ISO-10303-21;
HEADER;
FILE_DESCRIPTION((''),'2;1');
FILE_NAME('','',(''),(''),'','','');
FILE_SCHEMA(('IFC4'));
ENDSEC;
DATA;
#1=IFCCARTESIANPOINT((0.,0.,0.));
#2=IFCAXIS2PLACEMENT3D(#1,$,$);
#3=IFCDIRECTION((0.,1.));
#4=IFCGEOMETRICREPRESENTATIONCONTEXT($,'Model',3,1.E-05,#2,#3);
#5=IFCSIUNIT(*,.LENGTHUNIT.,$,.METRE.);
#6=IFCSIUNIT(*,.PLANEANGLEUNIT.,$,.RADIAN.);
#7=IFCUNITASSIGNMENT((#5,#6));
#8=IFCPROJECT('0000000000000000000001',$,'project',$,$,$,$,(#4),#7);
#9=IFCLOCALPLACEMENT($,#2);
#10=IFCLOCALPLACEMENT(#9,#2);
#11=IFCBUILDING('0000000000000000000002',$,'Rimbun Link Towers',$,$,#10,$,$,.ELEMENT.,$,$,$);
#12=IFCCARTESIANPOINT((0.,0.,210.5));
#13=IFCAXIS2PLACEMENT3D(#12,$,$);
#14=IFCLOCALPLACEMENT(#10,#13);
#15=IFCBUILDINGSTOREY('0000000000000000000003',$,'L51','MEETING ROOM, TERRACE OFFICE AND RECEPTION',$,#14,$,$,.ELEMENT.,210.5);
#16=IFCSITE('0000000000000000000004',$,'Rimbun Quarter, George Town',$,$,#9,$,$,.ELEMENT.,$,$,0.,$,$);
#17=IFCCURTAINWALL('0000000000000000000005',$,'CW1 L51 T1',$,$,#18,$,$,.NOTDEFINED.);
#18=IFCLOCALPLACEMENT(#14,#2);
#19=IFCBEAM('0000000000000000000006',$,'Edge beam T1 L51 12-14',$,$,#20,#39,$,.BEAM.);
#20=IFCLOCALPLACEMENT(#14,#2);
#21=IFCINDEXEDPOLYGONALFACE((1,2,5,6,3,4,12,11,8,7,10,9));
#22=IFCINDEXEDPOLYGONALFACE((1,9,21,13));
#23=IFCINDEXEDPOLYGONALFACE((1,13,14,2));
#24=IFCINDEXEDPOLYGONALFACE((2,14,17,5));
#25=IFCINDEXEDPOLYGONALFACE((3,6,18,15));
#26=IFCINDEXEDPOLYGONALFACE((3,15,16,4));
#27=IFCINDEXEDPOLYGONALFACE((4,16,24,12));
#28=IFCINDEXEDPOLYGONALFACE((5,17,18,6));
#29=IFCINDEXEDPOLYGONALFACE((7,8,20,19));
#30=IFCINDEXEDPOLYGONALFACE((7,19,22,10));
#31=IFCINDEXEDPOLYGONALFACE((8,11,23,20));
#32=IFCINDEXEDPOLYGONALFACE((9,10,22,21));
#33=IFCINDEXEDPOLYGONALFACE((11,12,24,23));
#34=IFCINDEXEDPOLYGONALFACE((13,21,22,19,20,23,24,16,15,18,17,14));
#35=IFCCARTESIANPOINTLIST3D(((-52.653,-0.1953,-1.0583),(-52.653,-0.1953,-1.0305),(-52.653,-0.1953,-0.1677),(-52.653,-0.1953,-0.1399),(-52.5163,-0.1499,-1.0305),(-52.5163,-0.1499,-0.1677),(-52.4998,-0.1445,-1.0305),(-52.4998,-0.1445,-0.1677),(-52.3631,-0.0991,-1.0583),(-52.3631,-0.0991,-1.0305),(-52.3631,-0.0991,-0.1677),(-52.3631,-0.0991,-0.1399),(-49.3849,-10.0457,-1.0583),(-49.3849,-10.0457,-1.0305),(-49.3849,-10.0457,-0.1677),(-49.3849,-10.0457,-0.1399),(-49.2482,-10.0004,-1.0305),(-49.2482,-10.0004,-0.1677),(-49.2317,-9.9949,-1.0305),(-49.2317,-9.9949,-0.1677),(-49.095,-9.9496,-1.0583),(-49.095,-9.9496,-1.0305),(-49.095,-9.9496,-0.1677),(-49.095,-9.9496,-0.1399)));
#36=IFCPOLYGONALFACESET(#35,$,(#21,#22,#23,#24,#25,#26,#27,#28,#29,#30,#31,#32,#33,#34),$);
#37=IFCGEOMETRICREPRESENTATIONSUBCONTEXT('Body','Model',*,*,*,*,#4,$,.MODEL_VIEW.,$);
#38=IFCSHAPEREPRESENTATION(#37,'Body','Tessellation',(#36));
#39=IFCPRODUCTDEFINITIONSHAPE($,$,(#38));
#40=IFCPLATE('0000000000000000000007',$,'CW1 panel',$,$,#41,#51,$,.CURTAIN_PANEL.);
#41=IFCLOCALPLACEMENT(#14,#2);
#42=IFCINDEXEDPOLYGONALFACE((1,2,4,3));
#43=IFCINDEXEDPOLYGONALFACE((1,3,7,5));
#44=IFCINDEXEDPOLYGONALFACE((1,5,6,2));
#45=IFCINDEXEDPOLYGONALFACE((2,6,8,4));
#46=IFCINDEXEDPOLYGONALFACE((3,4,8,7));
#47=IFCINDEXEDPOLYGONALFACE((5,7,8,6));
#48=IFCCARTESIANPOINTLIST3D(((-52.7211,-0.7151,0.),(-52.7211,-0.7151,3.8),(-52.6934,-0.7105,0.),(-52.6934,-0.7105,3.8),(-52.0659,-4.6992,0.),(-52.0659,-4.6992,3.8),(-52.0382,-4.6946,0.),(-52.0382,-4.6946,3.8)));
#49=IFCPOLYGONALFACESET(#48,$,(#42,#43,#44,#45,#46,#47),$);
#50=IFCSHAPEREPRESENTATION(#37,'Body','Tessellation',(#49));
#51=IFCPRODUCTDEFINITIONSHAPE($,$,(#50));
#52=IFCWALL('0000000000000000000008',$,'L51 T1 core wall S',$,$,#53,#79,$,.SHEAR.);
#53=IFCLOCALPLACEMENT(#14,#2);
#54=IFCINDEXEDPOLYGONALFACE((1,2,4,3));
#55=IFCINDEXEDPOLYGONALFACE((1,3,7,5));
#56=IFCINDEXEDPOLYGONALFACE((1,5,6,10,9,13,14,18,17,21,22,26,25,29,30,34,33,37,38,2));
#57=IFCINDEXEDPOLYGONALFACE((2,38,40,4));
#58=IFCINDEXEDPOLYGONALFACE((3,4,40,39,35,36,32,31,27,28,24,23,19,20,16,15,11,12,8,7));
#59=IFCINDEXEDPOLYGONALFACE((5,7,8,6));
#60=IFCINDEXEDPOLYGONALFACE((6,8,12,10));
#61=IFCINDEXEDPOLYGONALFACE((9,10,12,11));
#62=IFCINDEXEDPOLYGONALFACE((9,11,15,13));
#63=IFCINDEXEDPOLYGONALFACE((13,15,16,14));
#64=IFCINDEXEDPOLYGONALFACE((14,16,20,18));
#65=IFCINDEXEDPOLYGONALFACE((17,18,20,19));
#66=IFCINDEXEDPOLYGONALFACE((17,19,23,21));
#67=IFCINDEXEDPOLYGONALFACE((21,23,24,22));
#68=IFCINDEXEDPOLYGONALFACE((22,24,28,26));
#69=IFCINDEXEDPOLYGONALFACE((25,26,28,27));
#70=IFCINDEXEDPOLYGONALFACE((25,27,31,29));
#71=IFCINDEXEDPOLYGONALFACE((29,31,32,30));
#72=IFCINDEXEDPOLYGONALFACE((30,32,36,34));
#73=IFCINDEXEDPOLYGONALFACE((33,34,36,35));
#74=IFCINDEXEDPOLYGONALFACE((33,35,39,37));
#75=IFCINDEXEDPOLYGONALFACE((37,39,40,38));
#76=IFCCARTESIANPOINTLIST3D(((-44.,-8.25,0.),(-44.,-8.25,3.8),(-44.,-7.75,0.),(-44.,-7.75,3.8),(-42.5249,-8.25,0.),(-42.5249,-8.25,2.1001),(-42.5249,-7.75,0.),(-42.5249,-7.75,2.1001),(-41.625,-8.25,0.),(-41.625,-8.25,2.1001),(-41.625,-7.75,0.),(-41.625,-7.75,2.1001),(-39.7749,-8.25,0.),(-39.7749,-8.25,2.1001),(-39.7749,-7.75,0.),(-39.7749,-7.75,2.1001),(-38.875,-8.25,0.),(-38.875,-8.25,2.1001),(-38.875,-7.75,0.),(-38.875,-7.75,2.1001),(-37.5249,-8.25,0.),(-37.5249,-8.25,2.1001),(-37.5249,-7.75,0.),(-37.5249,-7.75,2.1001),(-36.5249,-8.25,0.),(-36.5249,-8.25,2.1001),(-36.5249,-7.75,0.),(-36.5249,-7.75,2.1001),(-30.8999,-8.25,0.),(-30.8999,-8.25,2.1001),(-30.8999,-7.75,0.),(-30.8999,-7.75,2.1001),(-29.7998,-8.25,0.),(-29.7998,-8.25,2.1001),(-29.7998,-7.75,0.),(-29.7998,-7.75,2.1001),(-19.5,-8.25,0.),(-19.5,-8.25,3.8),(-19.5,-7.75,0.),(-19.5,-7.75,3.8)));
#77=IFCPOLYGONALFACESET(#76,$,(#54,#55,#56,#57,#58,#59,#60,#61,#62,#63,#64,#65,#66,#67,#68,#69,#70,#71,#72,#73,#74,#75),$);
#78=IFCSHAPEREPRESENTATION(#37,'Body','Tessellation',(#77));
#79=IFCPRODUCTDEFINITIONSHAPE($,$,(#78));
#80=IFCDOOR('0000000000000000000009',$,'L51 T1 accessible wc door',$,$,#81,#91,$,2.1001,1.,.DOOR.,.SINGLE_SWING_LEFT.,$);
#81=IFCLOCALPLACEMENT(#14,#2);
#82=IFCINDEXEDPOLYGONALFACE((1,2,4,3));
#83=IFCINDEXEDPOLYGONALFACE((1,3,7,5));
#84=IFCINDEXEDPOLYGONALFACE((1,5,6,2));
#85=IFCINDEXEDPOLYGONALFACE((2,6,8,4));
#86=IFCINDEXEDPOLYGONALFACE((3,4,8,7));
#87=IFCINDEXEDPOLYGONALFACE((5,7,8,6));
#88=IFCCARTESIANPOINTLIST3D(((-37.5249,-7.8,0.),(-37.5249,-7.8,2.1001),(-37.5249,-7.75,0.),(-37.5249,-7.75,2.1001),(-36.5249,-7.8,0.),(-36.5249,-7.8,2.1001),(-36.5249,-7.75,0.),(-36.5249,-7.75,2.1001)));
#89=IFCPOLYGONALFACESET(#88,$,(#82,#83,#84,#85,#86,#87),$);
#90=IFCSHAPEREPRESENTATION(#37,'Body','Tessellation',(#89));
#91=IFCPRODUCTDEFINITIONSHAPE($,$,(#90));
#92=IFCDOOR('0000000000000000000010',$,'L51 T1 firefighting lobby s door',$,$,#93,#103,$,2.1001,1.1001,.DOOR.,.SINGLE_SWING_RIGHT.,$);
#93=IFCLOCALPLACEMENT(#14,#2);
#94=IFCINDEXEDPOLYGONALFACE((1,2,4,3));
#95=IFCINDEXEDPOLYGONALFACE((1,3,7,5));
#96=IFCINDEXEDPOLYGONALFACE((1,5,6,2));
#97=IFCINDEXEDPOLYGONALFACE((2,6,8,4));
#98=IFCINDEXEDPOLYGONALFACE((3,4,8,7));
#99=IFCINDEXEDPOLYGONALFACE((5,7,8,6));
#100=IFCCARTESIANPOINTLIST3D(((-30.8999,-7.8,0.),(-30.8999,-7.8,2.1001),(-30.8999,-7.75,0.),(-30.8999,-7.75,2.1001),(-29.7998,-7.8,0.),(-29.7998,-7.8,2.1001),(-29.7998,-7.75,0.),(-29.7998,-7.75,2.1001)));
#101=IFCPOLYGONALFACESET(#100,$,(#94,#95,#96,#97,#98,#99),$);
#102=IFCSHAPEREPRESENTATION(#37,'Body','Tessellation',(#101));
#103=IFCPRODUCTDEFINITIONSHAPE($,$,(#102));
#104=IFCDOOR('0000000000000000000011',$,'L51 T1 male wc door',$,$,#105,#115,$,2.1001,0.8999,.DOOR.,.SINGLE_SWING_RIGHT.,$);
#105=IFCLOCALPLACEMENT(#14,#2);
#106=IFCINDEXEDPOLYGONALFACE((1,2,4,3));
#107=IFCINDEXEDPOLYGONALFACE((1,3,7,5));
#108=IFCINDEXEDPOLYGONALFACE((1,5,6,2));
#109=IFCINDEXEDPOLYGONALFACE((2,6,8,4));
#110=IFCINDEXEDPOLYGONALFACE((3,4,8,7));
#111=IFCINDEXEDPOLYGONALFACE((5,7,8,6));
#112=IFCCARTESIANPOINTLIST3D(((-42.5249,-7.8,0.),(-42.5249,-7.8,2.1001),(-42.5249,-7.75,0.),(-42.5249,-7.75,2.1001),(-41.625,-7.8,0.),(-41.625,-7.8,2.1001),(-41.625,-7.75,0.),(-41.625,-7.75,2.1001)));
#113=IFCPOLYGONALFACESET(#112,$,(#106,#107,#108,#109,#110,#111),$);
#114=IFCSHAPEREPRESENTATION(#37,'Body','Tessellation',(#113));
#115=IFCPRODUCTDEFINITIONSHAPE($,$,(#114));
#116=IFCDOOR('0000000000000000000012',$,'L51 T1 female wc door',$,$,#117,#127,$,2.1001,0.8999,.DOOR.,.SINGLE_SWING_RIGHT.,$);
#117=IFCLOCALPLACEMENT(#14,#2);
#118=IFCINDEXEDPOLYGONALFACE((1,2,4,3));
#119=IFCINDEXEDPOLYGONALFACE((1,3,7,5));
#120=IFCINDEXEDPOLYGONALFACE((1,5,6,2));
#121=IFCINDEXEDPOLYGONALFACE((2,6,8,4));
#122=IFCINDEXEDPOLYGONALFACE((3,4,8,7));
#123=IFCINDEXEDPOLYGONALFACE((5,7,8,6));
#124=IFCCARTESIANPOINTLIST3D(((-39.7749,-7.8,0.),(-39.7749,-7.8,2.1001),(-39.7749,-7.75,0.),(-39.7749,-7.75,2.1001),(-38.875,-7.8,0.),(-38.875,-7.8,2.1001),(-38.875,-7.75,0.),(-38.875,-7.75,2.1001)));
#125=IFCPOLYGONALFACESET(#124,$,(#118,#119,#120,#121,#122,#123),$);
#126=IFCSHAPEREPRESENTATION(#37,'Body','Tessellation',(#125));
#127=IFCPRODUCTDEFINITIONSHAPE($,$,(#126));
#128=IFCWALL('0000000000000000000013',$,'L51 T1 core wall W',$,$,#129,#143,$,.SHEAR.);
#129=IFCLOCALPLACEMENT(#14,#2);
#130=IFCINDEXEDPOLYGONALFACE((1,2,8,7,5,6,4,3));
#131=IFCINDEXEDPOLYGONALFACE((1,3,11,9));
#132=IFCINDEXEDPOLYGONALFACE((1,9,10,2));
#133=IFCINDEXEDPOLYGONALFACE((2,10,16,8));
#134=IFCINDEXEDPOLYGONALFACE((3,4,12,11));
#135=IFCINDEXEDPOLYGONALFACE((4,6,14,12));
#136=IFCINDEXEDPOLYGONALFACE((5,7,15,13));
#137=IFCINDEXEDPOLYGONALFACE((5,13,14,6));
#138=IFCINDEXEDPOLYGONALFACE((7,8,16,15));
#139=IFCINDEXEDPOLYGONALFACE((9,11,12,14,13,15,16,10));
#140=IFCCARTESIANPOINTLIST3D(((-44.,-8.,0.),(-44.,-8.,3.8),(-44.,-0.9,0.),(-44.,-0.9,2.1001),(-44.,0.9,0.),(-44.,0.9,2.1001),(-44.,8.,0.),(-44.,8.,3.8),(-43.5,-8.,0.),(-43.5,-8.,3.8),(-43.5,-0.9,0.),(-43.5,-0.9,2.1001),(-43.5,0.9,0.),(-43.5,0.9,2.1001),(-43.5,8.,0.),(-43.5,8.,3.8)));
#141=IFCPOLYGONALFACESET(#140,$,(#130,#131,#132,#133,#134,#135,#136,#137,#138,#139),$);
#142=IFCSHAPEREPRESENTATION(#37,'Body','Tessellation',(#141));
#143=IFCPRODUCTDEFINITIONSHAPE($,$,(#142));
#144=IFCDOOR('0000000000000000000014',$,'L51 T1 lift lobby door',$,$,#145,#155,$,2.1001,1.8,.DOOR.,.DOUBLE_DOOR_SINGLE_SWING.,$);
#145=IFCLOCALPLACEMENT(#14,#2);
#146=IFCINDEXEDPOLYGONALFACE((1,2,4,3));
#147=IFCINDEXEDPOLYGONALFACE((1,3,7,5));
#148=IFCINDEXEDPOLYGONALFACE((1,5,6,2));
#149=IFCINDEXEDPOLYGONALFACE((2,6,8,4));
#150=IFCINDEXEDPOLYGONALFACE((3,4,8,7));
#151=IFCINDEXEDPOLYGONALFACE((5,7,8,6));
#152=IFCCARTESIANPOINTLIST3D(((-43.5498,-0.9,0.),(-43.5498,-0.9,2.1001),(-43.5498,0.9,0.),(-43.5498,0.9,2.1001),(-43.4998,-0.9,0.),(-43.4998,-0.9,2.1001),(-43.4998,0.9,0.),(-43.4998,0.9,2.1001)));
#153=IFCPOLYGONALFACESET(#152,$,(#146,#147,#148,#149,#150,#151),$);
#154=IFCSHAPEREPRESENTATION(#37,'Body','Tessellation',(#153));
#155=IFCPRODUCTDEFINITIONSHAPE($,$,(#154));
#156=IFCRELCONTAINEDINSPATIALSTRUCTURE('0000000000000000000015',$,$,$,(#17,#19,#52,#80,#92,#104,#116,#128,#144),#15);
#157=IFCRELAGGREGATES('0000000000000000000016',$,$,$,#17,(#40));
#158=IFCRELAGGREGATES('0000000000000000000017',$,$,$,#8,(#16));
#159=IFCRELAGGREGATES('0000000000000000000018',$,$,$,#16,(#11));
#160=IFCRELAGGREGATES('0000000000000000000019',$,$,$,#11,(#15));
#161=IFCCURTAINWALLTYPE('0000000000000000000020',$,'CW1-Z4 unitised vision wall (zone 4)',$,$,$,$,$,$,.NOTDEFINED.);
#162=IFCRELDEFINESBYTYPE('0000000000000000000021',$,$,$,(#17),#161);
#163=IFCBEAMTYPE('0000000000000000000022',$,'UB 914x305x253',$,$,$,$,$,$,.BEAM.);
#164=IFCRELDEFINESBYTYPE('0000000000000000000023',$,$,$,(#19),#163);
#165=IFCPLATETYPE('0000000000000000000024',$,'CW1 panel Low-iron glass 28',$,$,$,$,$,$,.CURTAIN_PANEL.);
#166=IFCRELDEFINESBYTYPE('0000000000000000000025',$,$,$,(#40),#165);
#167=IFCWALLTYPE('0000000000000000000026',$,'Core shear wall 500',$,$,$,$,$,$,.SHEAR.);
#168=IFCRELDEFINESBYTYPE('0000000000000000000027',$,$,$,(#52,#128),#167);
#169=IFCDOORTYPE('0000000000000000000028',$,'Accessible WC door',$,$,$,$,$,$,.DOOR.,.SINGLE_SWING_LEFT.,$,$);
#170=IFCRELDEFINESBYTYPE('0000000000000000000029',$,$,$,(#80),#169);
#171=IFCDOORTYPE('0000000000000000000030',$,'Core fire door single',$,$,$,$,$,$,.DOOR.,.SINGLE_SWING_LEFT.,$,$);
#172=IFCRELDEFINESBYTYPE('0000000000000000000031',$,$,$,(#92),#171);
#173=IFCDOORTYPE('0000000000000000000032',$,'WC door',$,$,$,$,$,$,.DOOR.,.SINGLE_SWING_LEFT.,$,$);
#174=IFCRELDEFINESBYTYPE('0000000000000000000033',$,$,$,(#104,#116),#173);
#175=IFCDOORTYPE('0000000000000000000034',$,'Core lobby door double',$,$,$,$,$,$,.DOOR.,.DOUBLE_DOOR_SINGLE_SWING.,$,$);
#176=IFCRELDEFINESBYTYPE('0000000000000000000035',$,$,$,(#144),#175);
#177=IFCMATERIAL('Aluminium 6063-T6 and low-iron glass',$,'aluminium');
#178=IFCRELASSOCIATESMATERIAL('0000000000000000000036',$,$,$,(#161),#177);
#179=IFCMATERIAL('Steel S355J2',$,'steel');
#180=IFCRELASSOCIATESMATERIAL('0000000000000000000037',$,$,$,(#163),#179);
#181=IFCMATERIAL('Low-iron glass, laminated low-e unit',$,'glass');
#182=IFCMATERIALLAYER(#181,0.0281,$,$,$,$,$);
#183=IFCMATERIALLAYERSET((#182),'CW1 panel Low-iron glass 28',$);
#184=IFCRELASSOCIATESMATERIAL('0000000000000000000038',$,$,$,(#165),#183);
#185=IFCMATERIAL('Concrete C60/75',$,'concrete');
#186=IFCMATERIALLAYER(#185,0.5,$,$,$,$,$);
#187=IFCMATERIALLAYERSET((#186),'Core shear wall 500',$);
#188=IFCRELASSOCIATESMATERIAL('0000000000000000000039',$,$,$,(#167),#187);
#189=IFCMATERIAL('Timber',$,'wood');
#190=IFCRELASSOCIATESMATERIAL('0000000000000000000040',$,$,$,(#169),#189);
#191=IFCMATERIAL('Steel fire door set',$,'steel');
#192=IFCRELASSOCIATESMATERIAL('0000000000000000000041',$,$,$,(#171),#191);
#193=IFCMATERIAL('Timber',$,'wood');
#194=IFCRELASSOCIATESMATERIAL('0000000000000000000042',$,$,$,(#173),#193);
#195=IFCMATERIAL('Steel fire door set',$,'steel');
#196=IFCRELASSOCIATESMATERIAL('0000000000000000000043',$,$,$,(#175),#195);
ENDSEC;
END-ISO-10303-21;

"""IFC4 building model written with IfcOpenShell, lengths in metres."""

from ifc_helpers import new_model, si_unit, direction, frame, frame_2d, origin, origin_2d, place, context, subcontext, project, spatial, rectangle, i_section, extrude, material, layer, layer_set, material_profile, profile_set, type_object, element, fill, aggregate, save


model = new_model("IFC4")

# Units and contexts
model_context = context("Model", 3, precision=1e-05, world=origin(), true_north=direction((0.0, 1.0)))
body_context = subcontext(model_context, "Body", "Model", "MODEL_VIEW")
ifc_project = project(units=[si_unit("LENGTHUNIT", "METRE"), si_unit("PLANEANGLEUNIT", "RADIAN")], contexts=[model_context])

# Site, building, storey
site_placement = place(None, origin())
site = spatial("IfcSite", under=ifc_project, at=site_placement, Name="Rimbun Quarter, George Town", CompositionType="ELEMENT", RefElevation=0.0)
building_placement = place(site_placement, origin())
building = spatial("IfcBuilding", under=site, at=building_placement, Name="Rimbun Link Towers", CompositionType="ELEMENT")
storey_placement = place(building_placement, frame((0.0, 0.0, 210.5)))
storey = spatial("IfcBuildingStorey", under=building, at=storey_placement, Name="L51", Description="MEETING ROOM, TERRACE OFFICE AND RECEPTION", CompositionType="ELEMENT", Elevation=210.5)

# Curtain wall
ifc_material_1 = material(Name="Aluminium 6063-T6 and low-iron glass", Category="aluminium")
curtain_wall_type = type_object("IfcCurtainWallType", Name="CW1-Z4 unitised vision wall (zone 4)", PredefinedType="NOTDEFINED", material=ifc_material_1)
curtain_wall_placement = place(storey_placement, origin())
curtain_wall = element("IfcCurtainWall", 1, at=curtain_wall_placement, inside=storey, type_object=curtain_wall_type, Name="CW1 L51 T1", PredefinedType="NOTDEFINED")

# Beam
ifc_material_2 = material(Name="Steel S355J2", Category="steel")
ifc_material_profile_1 = material_profile(ifc_material_2, i_section(OverallWidth=0.3054, OverallDepth=0.9185, WebThickness=0.0173, FlangeThickness=0.0278, at=origin_2d()), Name="UB 914x305x253")
ifc_profile_set_1 = profile_set([ifc_material_profile_1], Name="Steel S355J2")
beam_type_1 = type_object("IfcBeamType", Name="UB 914x305x253", PredefinedType="BEAM", material=ifc_profile_set_1)
beam_1_placement = place(storey_placement, frame((-52.5081, -0.1472, -0.5991), z_axis=(0.314894, -0.949127, 0.0), x_axis=(0.949127, 0.314894, 0.0)))
element("IfcBeam", 2, at=beam_1_placement, inside=storey, type_object=beam_type_1, Name="Edge beam T1 L51 12-14", PredefinedType="BEAM", context=body_context, shape_type="SweptSolid", body=[
    extrude(i_section(OverallWidth=0.3054, OverallDepth=0.9185, WebThickness=0.0173, FlangeThickness=0.0278, at=origin_2d()), origin(), (0.0, 0.0, 1.0), 10.3784),
])

# Plate
ifc_material_3 = material(Name="Low-iron glass, laminated low-e unit", Category="glass")
ifc_layer_1 = layer(ifc_material_3, 0.0281)
ifc_layer_set_1 = layer_set([ifc_layer_1], Name="CW1 panel Low-iron glass 28")
plate_type = type_object("IfcPlateType", Name="CW1 panel Low-iron glass 28", PredefinedType="CURTAIN_PANEL", material=ifc_layer_set_1)
plate_placement = place(storey_placement, frame((-52.3796, -2.7048, 0.0), z_axis=(0.0, 0.0, 1.0), x_axis=(-0.162264, 0.986747, 0.0)))
plate = element("IfcPlate", 3, at=plate_placement, type_object=plate_type, Name="CW1 panel", PredefinedType="CURTAIN_PANEL", context=body_context, shape_type="SweptSolid", body=[
    extrude(rectangle(XDim=4.0376, YDim=0.0281, at=origin_2d()), origin(), (0.0, 0.0, 1.0), 3.8),
])
aggregate(curtain_wall, [plate])

# Wall, openings, doors
ifc_material_4 = material(Name="Concrete C60/75", Category="concrete")
ifc_layer_2 = layer(ifc_material_4, 0.5)
ifc_layer_set_2 = layer_set([ifc_layer_2], Name="Core shear wall 500")
wall_type_1 = type_object("IfcWallType", Name="Core shear wall 500", PredefinedType="SHEAR", material=ifc_layer_set_2)
wall_1_placement = place(storey_placement, frame((-44.0, -8.0, 0.0), z_axis=(0.0, 0.0, 1.0), x_axis=(1.0, 0.0, 0.0)))
wall_1 = element("IfcWall", 4, at=wall_1_placement, inside=storey, type_object=wall_type_1, Name="L51 T1 core wall S", PredefinedType="SHEAR", context=body_context, shape_type="SweptSolid", body=[
    extrude(rectangle(XDim=24.5, YDim=0.5, at=frame_2d((12.25, 0.0))), origin(), (0.0, 0.0, 1.0), 3.8),
])
opening_1_placement = place(wall_1_placement, frame((13.1001, 0.0, 0.0)))
opening_1 = element("IfcOpeningElement", 5, at=opening_1_placement, cuts=wall_1, PredefinedType="OPENING", context=body_context, shape_type="SweptSolid", body=[
    extrude(rectangle(XDim=1.1001, YDim=2.1001, at=frame_2d((0.55, 1.05))), frame((0.0, 0.26, 0.0), z_axis=(0.0, -1.0, 0.0), x_axis=(1.0, 0.0, 0.0)), (0.0, 0.0, 1.0), 0.52),
])
opening_2_placement = place(wall_1_placement, frame((1.4751, 0.0, 0.0)))
opening_2 = element("IfcOpeningElement", 6, at=opening_2_placement, cuts=wall_1, PredefinedType="OPENING", context=body_context, shape_type="SweptSolid", body=[
    extrude(rectangle(XDim=0.8999, YDim=2.1001, at=frame_2d((0.45, 1.05))), frame((0.0, 0.26, 0.0), z_axis=(0.0, -1.0, 0.0), x_axis=(1.0, 0.0, 0.0)), (0.0, 0.0, 1.0), 0.52),
])
opening_3_placement = place(wall_1_placement, frame((4.2251, 0.0, 0.0)))
opening_3 = element("IfcOpeningElement", 7, at=opening_3_placement, cuts=wall_1, PredefinedType="OPENING", context=body_context, shape_type="SweptSolid", body=[
    extrude(rectangle(XDim=0.8999, YDim=2.1001, at=frame_2d((0.45, 1.05))), frame((0.0, 0.26, 0.0), z_axis=(0.0, -1.0, 0.0), x_axis=(1.0, 0.0, 0.0)), (0.0, 0.0, 1.0), 0.52),
])
opening_4_placement = place(wall_1_placement, frame((6.4751, 0.0, 0.0)))
opening_4 = element("IfcOpeningElement", 8, at=opening_4_placement, cuts=wall_1, PredefinedType="OPENING", context=body_context, shape_type="SweptSolid", body=[
    extrude(rectangle(XDim=1.0, YDim=2.1001, at=frame_2d((0.5, 1.05))), frame((0.0, 0.26, 0.0), z_axis=(0.0, -1.0, 0.0), x_axis=(1.0, 0.0, 0.0)), (0.0, 0.0, 1.0), 0.52),
])
ifc_material_5 = material(Name="Timber", Category="wood")
door_type_1 = type_object("IfcDoorType", Name="Accessible WC door", OperationType="SINGLE_SWING_LEFT", PredefinedType="DOOR", material=ifc_material_5)
door_1_placement = place(opening_4_placement, origin())
door_1 = element("IfcDoor", 9, at=door_1_placement, inside=storey, type_object=door_type_1, Name="L51 T1 accessible wc door", OperationType="SINGLE_SWING_LEFT", OverallHeight=2.1001, OverallWidth=1.0, PredefinedType="DOOR", context=body_context, shape_type="SweptSolid", body=[
    extrude(rectangle(XDim=1.0, YDim=2.1001, at=frame_2d((0.5, 1.05))), frame((0.0, 0.25, 0.0), z_axis=(0.0, -1.0, 0.0), x_axis=(1.0, 0.0, 0.0)), (0.0, 0.0, 1.0), 0.05),
])
fill(opening_4, door_1)
ifc_material_6 = material(Name="Steel fire door set", Category="steel")
door_type_2 = type_object("IfcDoorType", Name="Core fire door single", OperationType="SINGLE_SWING_LEFT", PredefinedType="DOOR", material=ifc_material_6)
door_2_placement = place(opening_1_placement, origin())
door_2 = element("IfcDoor", 10, at=door_2_placement, inside=storey, type_object=door_type_2, Name="L51 T1 firefighting lobby s door", OperationType="SINGLE_SWING_RIGHT", OverallHeight=2.1001, OverallWidth=1.1001, PredefinedType="DOOR", context=body_context, shape_type="SweptSolid", body=[
    extrude(rectangle(XDim=1.1001, YDim=2.1001, at=frame_2d((0.55, 1.05))), frame((0.0, 0.25, 0.0), z_axis=(0.0, -1.0, 0.0), x_axis=(1.0, 0.0, 0.0)), (0.0, 0.0, 1.0), 0.05),
])
fill(opening_1, door_2)
ifc_material_7 = material(Name="Timber", Category="wood")
door_type_3 = type_object("IfcDoorType", Name="WC door", OperationType="SINGLE_SWING_LEFT", PredefinedType="DOOR", material=ifc_material_7)
door_3_placement = place(opening_2_placement, origin())
door_3 = element("IfcDoor", 11, at=door_3_placement, inside=storey, type_object=door_type_3, Name="L51 T1 male wc door", OperationType="SINGLE_SWING_RIGHT", OverallHeight=2.1001, OverallWidth=0.8999, PredefinedType="DOOR", context=body_context, shape_type="SweptSolid", body=[
    extrude(rectangle(XDim=0.8999, YDim=2.1001, at=frame_2d((0.45, 1.05))), frame((0.0, 0.25, 0.0), z_axis=(0.0, -1.0, 0.0), x_axis=(1.0, 0.0, 0.0)), (0.0, 0.0, 1.0), 0.05),
])
fill(opening_2, door_3)
door_4_placement = place(opening_3_placement, origin())
door_4 = element("IfcDoor", 12, at=door_4_placement, inside=storey, type_object=door_type_3, Name="L51 T1 female wc door", OperationType="SINGLE_SWING_RIGHT", OverallHeight=2.1001, OverallWidth=0.8999, PredefinedType="DOOR", context=body_context, shape_type="SweptSolid", body=[
    extrude(rectangle(XDim=0.8999, YDim=2.1001, at=frame_2d((0.45, 1.05))), frame((0.0, 0.25, 0.0), z_axis=(0.0, -1.0, 0.0), x_axis=(1.0, 0.0, 0.0)), (0.0, 0.0, 1.0), 0.05),
])
fill(opening_3, door_4)

# Wall, opening, door
wall_2_placement = place(storey_placement, frame((-43.75, -8.0, 0.0), z_axis=(0.0, 0.0, 1.0), x_axis=(0.0, 1.0, 0.0)))
wall_2 = element("IfcWall", 13, at=wall_2_placement, inside=storey, type_object=wall_type_1, Name="L51 T1 core wall W", PredefinedType="SHEAR", context=body_context, shape_type="SweptSolid", body=[
    extrude(rectangle(XDim=16.0, YDim=0.5, at=frame_2d((8.0, 0.0))), origin(), (0.0, 0.0, 1.0), 3.8),
])
opening_5_placement = place(wall_2_placement, frame((7.1001, 0.0, 0.0)))
opening_5 = element("IfcOpeningElement", 14, at=opening_5_placement, cuts=wall_2, PredefinedType="OPENING", context=body_context, shape_type="SweptSolid", body=[
    extrude(rectangle(XDim=1.8, YDim=2.1001, at=frame_2d((0.8999, 1.05))), frame((0.0, 0.26, 0.0), z_axis=(0.0, -1.0, 0.0), x_axis=(1.0, 0.0, 0.0)), (0.0, 0.0, 1.0), 0.52),
])
ifc_material_8 = material(Name="Steel fire door set", Category="steel")
door_type_4 = type_object("IfcDoorType", Name="Core lobby door double", OperationType="DOUBLE_DOOR_SINGLE_SWING", PredefinedType="DOOR", material=ifc_material_8)
door_5_placement = place(opening_5_placement, origin())
door_5 = element("IfcDoor", 15, at=door_5_placement, inside=storey, type_object=door_type_4, Name="L51 T1 lift lobby door", OperationType="DOUBLE_DOOR_SINGLE_SWING", OverallHeight=2.1001, OverallWidth=1.8, PredefinedType="DOOR", context=body_context, shape_type="SweptSolid", body=[
    extrude(rectangle(XDim=1.8, YDim=2.1001, at=frame_2d((0.8999, 1.05))), frame((0.0, -0.2002, 0.0), z_axis=(0.0, -1.0, 0.0), x_axis=(1.0, 0.0, 0.0)), (0.0, 0.0, 1.0), 0.05),
])
fill(opening_5, door_5)

save(model, "model.ifc")
